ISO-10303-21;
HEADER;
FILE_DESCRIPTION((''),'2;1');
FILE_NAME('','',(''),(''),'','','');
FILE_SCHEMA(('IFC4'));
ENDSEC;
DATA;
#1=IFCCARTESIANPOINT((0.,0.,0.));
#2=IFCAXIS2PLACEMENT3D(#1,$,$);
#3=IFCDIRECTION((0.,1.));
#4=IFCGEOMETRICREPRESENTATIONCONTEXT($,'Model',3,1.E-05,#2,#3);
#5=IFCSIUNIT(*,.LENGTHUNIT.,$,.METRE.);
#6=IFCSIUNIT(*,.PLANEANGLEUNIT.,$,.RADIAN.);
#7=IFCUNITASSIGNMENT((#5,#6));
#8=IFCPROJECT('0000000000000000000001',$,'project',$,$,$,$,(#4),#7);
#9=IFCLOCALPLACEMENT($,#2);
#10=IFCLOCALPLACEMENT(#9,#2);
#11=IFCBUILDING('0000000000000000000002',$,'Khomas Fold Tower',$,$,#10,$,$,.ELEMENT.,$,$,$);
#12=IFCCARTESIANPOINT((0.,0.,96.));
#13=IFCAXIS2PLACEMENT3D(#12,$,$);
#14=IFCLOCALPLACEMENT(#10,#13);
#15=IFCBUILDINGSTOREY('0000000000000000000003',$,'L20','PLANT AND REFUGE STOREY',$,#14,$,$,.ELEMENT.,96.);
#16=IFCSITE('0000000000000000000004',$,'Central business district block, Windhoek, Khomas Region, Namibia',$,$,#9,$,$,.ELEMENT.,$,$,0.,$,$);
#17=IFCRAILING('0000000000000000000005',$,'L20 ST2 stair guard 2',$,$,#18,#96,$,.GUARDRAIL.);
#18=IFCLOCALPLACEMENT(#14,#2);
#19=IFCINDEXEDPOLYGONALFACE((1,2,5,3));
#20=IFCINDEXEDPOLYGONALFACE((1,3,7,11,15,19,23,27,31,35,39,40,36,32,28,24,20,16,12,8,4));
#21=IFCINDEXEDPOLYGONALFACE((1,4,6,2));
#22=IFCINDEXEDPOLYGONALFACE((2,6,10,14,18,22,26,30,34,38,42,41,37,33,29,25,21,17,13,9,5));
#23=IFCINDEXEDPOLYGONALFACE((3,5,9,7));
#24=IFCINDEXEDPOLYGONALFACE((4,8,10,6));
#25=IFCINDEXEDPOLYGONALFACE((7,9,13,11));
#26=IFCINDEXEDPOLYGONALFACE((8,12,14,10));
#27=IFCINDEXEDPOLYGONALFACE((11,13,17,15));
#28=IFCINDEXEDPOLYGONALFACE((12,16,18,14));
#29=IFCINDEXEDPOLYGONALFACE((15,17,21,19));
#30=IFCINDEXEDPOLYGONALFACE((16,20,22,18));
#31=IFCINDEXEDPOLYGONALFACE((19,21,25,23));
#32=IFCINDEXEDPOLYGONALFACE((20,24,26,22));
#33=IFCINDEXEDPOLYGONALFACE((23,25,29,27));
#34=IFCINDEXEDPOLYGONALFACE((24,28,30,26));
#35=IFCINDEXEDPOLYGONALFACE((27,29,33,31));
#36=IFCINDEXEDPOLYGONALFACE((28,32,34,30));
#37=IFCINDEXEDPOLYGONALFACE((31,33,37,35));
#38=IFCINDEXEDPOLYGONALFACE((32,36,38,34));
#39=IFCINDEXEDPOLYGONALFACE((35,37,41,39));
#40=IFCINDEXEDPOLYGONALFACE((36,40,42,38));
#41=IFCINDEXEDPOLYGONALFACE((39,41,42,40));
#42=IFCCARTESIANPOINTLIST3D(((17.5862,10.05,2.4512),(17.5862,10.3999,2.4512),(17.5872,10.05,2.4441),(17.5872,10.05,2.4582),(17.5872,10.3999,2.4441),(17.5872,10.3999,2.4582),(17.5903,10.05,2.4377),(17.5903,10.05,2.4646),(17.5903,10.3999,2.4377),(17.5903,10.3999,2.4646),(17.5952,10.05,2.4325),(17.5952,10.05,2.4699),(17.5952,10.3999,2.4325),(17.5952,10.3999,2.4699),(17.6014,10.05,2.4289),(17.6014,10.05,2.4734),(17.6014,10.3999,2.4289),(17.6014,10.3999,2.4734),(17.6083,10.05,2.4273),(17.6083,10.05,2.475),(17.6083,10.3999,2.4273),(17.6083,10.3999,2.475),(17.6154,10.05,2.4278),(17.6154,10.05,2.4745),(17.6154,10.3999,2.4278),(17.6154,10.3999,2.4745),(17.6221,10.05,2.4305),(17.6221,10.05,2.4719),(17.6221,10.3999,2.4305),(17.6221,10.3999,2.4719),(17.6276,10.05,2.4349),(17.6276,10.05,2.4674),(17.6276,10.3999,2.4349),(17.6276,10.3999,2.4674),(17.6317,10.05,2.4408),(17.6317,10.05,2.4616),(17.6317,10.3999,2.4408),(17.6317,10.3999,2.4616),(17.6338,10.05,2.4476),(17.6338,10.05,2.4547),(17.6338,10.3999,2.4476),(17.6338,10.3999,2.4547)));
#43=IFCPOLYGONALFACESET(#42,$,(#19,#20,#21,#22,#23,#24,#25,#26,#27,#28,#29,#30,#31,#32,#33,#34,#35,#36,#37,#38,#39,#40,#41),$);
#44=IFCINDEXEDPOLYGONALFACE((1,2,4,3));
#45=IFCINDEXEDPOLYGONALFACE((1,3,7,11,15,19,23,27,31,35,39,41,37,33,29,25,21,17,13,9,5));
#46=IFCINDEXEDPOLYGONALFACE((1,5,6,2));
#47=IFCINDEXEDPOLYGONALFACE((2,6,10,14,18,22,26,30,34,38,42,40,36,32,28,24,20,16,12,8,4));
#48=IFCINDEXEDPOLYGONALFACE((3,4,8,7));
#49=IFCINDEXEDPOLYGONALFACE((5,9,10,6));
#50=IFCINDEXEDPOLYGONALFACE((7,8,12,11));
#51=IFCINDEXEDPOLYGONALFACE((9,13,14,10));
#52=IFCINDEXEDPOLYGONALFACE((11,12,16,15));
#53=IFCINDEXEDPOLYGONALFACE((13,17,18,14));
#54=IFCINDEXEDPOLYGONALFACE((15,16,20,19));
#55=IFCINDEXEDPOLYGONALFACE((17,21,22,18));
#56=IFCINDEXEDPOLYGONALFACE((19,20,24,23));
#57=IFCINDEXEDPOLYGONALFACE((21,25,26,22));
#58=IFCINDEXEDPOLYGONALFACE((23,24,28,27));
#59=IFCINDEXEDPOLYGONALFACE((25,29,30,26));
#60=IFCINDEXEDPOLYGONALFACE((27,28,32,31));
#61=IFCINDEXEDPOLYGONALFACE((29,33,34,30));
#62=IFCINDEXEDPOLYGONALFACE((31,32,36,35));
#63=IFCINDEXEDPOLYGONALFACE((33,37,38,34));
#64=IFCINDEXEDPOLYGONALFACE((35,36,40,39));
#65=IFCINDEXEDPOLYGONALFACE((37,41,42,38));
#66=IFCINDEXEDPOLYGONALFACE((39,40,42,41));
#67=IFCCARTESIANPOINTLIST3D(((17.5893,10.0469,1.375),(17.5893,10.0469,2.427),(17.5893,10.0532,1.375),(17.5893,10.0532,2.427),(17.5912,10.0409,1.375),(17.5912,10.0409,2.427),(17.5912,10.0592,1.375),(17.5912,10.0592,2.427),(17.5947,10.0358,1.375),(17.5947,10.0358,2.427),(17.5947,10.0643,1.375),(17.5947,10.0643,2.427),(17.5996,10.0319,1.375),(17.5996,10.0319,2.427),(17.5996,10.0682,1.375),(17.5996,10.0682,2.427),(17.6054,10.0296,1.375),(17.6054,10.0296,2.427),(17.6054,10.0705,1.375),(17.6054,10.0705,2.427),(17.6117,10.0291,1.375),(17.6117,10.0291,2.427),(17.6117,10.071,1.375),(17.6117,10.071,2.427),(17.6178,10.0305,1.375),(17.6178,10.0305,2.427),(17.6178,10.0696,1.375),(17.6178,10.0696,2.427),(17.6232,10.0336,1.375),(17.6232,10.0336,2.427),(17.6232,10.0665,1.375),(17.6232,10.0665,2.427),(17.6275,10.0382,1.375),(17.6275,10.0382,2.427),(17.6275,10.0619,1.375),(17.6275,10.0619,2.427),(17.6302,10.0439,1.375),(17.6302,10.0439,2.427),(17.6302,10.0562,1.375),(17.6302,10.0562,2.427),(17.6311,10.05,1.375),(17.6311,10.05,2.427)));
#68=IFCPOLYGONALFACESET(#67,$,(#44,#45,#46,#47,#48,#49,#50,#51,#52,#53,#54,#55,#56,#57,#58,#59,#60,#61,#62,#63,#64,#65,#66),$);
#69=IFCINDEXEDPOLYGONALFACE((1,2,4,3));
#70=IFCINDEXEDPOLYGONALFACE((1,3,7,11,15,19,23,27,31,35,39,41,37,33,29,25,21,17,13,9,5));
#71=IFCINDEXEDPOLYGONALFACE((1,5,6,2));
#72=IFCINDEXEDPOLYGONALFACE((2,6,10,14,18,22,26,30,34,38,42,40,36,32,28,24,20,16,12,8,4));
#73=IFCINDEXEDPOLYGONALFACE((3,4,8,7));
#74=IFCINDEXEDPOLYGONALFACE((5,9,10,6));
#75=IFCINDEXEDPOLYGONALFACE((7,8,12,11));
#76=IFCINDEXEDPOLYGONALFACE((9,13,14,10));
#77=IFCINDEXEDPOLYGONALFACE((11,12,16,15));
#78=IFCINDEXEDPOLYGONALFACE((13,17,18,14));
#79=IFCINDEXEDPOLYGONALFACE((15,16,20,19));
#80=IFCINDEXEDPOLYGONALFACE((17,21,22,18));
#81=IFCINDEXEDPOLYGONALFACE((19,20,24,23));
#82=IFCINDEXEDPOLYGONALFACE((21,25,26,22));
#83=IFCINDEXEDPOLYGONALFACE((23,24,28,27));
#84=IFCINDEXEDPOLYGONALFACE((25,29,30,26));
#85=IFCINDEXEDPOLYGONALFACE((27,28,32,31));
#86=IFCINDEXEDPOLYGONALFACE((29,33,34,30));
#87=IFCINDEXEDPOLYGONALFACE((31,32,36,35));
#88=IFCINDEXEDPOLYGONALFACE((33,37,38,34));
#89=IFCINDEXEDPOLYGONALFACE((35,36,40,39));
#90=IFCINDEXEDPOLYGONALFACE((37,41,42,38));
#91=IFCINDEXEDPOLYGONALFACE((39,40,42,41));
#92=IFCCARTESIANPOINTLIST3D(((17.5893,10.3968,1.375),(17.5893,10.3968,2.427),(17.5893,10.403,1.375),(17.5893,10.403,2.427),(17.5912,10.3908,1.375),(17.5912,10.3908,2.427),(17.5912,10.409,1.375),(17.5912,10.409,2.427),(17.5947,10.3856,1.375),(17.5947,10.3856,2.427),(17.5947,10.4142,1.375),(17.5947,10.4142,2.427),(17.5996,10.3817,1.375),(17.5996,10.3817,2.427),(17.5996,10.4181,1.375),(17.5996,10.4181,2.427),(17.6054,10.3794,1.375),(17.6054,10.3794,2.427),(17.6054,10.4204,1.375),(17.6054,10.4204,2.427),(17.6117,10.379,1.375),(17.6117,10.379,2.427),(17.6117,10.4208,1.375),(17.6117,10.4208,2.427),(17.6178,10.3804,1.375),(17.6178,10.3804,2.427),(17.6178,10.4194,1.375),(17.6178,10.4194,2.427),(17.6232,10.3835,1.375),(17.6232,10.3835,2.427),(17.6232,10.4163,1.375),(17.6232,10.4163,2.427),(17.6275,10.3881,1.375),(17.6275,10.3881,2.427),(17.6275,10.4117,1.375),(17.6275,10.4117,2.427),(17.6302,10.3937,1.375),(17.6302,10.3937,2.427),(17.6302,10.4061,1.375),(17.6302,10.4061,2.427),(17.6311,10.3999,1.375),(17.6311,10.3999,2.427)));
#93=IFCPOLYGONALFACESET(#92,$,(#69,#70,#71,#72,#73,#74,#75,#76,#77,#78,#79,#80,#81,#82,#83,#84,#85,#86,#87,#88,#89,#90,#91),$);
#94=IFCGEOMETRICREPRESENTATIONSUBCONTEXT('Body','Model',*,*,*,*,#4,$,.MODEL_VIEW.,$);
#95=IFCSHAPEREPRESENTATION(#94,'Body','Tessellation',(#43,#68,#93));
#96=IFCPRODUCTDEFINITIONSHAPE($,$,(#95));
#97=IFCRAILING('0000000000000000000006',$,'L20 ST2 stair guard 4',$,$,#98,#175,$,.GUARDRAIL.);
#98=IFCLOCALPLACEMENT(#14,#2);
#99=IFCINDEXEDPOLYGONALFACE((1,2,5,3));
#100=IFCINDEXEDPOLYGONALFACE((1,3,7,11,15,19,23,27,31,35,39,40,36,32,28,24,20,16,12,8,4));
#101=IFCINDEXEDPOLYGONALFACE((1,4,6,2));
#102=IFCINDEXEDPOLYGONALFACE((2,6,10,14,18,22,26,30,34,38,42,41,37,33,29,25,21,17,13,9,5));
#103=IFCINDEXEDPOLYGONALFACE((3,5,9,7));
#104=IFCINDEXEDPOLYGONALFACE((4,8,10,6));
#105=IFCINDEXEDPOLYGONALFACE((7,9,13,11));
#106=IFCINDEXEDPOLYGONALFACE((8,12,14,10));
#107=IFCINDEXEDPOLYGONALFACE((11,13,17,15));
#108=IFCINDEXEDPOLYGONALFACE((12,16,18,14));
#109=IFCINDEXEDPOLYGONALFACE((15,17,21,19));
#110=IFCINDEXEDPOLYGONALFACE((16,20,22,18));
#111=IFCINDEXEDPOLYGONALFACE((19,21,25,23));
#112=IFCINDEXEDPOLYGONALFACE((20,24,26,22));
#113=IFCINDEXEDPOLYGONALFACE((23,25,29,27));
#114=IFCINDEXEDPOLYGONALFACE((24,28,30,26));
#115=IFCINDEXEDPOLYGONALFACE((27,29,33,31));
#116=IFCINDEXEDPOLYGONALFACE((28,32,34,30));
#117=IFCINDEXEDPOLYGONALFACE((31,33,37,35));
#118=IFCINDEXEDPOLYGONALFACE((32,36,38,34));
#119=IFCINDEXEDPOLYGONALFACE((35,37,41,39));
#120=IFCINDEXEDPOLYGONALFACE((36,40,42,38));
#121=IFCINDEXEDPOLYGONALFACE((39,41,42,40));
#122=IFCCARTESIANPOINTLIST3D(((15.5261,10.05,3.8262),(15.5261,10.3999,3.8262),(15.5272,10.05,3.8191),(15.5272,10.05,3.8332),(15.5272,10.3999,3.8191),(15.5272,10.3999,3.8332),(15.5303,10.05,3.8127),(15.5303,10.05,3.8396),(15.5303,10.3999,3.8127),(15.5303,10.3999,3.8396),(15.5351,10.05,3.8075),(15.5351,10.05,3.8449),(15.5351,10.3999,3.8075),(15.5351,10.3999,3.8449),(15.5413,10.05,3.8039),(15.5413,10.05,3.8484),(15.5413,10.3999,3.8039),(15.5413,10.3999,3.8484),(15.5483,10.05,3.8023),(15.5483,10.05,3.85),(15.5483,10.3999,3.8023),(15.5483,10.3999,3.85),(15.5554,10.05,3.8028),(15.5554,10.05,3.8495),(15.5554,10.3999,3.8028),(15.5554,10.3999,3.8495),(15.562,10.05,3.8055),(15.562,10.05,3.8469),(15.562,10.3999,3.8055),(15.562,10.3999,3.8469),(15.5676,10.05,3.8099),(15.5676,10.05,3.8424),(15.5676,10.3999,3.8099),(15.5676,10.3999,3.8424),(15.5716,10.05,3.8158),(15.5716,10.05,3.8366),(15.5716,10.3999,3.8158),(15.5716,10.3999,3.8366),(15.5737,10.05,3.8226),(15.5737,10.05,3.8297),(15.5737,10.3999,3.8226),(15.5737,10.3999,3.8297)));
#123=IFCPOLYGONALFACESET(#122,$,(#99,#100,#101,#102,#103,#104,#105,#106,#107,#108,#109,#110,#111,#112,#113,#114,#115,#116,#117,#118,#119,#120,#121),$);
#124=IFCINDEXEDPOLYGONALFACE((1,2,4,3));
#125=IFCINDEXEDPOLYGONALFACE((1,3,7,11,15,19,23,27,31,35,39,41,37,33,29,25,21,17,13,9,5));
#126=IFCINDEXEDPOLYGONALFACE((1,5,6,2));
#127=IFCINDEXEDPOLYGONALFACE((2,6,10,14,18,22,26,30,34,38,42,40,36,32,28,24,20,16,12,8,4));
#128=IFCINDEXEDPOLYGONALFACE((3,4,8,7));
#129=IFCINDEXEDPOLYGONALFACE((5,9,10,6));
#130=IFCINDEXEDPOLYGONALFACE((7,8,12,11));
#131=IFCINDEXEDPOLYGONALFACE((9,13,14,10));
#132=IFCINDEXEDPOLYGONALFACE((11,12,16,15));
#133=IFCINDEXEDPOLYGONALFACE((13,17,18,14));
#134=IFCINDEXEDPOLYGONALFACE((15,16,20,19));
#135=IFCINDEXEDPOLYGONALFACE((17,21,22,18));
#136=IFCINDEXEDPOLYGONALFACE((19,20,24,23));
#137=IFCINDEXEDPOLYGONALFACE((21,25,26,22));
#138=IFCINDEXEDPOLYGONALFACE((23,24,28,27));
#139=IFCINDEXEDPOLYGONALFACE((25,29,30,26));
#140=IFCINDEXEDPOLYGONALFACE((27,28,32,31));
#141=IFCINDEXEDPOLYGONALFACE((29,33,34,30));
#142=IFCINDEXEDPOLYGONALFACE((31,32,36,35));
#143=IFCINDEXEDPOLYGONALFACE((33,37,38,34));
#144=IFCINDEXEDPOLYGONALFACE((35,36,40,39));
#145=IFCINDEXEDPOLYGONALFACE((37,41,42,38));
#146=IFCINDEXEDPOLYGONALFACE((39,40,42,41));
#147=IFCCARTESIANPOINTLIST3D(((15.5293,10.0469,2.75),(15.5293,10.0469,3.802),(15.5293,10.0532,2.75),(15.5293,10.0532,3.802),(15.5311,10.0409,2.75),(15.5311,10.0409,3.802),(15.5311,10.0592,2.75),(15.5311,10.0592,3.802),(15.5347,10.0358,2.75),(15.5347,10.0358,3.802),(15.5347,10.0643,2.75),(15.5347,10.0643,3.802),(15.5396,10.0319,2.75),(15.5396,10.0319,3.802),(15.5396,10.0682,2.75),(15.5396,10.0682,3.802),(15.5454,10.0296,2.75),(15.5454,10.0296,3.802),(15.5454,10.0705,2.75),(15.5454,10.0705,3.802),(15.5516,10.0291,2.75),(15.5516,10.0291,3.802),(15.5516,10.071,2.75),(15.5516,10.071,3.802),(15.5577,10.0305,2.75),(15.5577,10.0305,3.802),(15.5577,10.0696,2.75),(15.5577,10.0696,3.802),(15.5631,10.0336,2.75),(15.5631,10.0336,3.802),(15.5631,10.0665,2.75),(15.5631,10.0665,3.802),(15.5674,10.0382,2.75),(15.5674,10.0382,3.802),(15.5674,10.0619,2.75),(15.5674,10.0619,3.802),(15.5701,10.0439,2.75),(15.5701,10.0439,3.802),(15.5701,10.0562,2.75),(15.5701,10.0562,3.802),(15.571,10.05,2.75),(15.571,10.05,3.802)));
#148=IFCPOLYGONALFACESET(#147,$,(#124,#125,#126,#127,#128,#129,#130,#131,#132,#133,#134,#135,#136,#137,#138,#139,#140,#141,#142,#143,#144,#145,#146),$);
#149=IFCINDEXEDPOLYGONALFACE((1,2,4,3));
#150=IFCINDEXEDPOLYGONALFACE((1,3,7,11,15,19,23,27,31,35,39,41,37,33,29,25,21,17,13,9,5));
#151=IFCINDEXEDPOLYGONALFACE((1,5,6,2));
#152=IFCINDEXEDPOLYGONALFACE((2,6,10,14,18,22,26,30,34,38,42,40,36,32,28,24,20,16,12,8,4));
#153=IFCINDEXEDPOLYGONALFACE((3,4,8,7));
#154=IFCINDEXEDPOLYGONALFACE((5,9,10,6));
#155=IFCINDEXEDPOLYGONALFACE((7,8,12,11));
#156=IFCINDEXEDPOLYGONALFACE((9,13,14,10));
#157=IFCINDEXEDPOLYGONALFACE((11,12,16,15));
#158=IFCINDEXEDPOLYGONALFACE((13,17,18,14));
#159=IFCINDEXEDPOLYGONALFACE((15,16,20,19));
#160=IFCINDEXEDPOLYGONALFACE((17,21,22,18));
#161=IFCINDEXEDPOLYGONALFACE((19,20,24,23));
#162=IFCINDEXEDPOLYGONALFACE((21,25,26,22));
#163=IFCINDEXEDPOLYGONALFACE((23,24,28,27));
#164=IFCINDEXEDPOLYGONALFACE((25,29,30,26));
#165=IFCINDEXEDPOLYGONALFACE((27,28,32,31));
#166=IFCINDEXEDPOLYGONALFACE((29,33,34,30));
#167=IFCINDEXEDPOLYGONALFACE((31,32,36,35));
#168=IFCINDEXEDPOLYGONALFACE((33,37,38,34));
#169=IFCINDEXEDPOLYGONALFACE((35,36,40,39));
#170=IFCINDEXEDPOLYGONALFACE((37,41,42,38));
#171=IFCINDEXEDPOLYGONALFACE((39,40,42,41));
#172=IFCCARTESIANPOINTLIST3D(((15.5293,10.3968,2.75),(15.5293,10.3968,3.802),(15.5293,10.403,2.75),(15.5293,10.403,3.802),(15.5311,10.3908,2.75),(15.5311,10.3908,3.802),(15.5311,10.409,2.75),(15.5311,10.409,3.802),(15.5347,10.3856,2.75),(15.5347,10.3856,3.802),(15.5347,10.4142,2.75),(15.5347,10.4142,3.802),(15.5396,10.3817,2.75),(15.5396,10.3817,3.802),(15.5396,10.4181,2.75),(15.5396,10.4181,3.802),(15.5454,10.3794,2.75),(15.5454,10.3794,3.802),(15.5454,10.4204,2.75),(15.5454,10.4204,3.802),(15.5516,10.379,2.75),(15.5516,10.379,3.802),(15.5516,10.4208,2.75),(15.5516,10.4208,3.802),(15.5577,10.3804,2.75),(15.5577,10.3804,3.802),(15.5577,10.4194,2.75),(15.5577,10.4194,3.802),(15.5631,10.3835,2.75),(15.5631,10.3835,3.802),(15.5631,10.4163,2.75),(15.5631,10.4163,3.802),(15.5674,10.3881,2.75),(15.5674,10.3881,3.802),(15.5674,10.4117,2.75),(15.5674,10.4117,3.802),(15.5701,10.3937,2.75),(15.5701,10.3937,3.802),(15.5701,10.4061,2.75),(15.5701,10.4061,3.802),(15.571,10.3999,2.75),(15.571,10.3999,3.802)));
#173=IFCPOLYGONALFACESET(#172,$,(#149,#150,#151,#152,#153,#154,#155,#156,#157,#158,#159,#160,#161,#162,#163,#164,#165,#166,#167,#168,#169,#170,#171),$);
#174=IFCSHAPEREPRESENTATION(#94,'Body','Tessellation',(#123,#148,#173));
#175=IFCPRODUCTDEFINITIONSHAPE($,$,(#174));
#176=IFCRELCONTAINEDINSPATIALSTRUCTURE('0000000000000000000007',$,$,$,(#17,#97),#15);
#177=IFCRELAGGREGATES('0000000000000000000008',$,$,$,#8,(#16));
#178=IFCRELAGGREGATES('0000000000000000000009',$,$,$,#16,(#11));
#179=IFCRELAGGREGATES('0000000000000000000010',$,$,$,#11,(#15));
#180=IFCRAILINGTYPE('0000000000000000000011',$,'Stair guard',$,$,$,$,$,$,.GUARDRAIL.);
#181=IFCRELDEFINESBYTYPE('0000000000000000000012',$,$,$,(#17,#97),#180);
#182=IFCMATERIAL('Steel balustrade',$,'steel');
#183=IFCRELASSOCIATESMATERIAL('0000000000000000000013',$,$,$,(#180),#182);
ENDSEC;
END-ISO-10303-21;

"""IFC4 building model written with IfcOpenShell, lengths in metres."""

from ifc_helpers import new_model, si_unit, direction, frame, origin, origin_2d, place, context, subcontext, project, spatial, circle, extrude, source, transform, mapped, material, type_object, element, save


model = new_model("IFC4")

# Units and contexts
model_context = context("Model", 3, precision=1e-05, world=origin(), true_north=direction((0.0, 1.0)))
body_context = subcontext(model_context, "Body", "Model", "MODEL_VIEW")
ifc_project = project(units=[si_unit("LENGTHUNIT", "METRE"), si_unit("PLANEANGLEUNIT", "RADIAN")], contexts=[model_context])

# Site, building, storey
site_placement = place(None, origin())
site = spatial("IfcSite", under=ifc_project, at=site_placement, Name="Central business district block, Windhoek, Khomas Region, Namibia", CompositionType="ELEMENT", RefElevation=0.0)
building_placement = place(site_placement, origin())
building = spatial("IfcBuilding", under=site, at=building_placement, Name="Khomas Fold Tower", CompositionType="ELEMENT")
storey_placement = place(building_placement, frame((0.0, 0.0, 96.0)))
storey = spatial("IfcBuildingStorey", under=building, at=storey_placement, Name="L20", Description="PLANT AND REFUGE STOREY", CompositionType="ELEMENT", Elevation=96.0)

# Railings
ifc_material_1 = material(Name="Steel balustrade", Category="steel")
railing_type_1 = type_object("IfcRailingType", Name="Stair guard", PredefinedType="GUARDRAIL", material=ifc_material_1)
shared_shape_1 = source(origin(), body_context, "Body", "SweptSolid", [
    extrude(circle(Radius=0.0239, at=origin_2d()), frame((0.0, 0.0, 1.0762), z_axis=(0.0, 1.0, 0.0), x_axis=(-1.0, 0.0, 0.0)), (0.0, 0.0, 1.0), 0.3499),
    extrude(circle(Radius=0.021, at=origin_2d()), origin(), (0.0, 0.0, 1.0), 1.052),
    extrude(circle(Radius=0.021, at=origin_2d()), frame((0.0, 0.3499, 0.0)), (0.0, 0.0, 1.0), 1.052),
])
for number, where, name in (
    (1, (17.6101, 10.05, 1.375), "L20 ST2 stair guard 2"),
    (2, (15.55, 10.05, 2.75), "L20 ST2 stair guard 4"),
):
    element("IfcRailing", number, at=place(storey_placement, frame(where)), inside=storey, type_object=railing_type_1, Name=name, PredefinedType="GUARDRAIL", context=body_context, shape_type="MappedRepresentation", body=[
        mapped(shared_shape_1, transform((0.0, 0.0, 0.0))),
    ])

save(model, "model.ifc")
